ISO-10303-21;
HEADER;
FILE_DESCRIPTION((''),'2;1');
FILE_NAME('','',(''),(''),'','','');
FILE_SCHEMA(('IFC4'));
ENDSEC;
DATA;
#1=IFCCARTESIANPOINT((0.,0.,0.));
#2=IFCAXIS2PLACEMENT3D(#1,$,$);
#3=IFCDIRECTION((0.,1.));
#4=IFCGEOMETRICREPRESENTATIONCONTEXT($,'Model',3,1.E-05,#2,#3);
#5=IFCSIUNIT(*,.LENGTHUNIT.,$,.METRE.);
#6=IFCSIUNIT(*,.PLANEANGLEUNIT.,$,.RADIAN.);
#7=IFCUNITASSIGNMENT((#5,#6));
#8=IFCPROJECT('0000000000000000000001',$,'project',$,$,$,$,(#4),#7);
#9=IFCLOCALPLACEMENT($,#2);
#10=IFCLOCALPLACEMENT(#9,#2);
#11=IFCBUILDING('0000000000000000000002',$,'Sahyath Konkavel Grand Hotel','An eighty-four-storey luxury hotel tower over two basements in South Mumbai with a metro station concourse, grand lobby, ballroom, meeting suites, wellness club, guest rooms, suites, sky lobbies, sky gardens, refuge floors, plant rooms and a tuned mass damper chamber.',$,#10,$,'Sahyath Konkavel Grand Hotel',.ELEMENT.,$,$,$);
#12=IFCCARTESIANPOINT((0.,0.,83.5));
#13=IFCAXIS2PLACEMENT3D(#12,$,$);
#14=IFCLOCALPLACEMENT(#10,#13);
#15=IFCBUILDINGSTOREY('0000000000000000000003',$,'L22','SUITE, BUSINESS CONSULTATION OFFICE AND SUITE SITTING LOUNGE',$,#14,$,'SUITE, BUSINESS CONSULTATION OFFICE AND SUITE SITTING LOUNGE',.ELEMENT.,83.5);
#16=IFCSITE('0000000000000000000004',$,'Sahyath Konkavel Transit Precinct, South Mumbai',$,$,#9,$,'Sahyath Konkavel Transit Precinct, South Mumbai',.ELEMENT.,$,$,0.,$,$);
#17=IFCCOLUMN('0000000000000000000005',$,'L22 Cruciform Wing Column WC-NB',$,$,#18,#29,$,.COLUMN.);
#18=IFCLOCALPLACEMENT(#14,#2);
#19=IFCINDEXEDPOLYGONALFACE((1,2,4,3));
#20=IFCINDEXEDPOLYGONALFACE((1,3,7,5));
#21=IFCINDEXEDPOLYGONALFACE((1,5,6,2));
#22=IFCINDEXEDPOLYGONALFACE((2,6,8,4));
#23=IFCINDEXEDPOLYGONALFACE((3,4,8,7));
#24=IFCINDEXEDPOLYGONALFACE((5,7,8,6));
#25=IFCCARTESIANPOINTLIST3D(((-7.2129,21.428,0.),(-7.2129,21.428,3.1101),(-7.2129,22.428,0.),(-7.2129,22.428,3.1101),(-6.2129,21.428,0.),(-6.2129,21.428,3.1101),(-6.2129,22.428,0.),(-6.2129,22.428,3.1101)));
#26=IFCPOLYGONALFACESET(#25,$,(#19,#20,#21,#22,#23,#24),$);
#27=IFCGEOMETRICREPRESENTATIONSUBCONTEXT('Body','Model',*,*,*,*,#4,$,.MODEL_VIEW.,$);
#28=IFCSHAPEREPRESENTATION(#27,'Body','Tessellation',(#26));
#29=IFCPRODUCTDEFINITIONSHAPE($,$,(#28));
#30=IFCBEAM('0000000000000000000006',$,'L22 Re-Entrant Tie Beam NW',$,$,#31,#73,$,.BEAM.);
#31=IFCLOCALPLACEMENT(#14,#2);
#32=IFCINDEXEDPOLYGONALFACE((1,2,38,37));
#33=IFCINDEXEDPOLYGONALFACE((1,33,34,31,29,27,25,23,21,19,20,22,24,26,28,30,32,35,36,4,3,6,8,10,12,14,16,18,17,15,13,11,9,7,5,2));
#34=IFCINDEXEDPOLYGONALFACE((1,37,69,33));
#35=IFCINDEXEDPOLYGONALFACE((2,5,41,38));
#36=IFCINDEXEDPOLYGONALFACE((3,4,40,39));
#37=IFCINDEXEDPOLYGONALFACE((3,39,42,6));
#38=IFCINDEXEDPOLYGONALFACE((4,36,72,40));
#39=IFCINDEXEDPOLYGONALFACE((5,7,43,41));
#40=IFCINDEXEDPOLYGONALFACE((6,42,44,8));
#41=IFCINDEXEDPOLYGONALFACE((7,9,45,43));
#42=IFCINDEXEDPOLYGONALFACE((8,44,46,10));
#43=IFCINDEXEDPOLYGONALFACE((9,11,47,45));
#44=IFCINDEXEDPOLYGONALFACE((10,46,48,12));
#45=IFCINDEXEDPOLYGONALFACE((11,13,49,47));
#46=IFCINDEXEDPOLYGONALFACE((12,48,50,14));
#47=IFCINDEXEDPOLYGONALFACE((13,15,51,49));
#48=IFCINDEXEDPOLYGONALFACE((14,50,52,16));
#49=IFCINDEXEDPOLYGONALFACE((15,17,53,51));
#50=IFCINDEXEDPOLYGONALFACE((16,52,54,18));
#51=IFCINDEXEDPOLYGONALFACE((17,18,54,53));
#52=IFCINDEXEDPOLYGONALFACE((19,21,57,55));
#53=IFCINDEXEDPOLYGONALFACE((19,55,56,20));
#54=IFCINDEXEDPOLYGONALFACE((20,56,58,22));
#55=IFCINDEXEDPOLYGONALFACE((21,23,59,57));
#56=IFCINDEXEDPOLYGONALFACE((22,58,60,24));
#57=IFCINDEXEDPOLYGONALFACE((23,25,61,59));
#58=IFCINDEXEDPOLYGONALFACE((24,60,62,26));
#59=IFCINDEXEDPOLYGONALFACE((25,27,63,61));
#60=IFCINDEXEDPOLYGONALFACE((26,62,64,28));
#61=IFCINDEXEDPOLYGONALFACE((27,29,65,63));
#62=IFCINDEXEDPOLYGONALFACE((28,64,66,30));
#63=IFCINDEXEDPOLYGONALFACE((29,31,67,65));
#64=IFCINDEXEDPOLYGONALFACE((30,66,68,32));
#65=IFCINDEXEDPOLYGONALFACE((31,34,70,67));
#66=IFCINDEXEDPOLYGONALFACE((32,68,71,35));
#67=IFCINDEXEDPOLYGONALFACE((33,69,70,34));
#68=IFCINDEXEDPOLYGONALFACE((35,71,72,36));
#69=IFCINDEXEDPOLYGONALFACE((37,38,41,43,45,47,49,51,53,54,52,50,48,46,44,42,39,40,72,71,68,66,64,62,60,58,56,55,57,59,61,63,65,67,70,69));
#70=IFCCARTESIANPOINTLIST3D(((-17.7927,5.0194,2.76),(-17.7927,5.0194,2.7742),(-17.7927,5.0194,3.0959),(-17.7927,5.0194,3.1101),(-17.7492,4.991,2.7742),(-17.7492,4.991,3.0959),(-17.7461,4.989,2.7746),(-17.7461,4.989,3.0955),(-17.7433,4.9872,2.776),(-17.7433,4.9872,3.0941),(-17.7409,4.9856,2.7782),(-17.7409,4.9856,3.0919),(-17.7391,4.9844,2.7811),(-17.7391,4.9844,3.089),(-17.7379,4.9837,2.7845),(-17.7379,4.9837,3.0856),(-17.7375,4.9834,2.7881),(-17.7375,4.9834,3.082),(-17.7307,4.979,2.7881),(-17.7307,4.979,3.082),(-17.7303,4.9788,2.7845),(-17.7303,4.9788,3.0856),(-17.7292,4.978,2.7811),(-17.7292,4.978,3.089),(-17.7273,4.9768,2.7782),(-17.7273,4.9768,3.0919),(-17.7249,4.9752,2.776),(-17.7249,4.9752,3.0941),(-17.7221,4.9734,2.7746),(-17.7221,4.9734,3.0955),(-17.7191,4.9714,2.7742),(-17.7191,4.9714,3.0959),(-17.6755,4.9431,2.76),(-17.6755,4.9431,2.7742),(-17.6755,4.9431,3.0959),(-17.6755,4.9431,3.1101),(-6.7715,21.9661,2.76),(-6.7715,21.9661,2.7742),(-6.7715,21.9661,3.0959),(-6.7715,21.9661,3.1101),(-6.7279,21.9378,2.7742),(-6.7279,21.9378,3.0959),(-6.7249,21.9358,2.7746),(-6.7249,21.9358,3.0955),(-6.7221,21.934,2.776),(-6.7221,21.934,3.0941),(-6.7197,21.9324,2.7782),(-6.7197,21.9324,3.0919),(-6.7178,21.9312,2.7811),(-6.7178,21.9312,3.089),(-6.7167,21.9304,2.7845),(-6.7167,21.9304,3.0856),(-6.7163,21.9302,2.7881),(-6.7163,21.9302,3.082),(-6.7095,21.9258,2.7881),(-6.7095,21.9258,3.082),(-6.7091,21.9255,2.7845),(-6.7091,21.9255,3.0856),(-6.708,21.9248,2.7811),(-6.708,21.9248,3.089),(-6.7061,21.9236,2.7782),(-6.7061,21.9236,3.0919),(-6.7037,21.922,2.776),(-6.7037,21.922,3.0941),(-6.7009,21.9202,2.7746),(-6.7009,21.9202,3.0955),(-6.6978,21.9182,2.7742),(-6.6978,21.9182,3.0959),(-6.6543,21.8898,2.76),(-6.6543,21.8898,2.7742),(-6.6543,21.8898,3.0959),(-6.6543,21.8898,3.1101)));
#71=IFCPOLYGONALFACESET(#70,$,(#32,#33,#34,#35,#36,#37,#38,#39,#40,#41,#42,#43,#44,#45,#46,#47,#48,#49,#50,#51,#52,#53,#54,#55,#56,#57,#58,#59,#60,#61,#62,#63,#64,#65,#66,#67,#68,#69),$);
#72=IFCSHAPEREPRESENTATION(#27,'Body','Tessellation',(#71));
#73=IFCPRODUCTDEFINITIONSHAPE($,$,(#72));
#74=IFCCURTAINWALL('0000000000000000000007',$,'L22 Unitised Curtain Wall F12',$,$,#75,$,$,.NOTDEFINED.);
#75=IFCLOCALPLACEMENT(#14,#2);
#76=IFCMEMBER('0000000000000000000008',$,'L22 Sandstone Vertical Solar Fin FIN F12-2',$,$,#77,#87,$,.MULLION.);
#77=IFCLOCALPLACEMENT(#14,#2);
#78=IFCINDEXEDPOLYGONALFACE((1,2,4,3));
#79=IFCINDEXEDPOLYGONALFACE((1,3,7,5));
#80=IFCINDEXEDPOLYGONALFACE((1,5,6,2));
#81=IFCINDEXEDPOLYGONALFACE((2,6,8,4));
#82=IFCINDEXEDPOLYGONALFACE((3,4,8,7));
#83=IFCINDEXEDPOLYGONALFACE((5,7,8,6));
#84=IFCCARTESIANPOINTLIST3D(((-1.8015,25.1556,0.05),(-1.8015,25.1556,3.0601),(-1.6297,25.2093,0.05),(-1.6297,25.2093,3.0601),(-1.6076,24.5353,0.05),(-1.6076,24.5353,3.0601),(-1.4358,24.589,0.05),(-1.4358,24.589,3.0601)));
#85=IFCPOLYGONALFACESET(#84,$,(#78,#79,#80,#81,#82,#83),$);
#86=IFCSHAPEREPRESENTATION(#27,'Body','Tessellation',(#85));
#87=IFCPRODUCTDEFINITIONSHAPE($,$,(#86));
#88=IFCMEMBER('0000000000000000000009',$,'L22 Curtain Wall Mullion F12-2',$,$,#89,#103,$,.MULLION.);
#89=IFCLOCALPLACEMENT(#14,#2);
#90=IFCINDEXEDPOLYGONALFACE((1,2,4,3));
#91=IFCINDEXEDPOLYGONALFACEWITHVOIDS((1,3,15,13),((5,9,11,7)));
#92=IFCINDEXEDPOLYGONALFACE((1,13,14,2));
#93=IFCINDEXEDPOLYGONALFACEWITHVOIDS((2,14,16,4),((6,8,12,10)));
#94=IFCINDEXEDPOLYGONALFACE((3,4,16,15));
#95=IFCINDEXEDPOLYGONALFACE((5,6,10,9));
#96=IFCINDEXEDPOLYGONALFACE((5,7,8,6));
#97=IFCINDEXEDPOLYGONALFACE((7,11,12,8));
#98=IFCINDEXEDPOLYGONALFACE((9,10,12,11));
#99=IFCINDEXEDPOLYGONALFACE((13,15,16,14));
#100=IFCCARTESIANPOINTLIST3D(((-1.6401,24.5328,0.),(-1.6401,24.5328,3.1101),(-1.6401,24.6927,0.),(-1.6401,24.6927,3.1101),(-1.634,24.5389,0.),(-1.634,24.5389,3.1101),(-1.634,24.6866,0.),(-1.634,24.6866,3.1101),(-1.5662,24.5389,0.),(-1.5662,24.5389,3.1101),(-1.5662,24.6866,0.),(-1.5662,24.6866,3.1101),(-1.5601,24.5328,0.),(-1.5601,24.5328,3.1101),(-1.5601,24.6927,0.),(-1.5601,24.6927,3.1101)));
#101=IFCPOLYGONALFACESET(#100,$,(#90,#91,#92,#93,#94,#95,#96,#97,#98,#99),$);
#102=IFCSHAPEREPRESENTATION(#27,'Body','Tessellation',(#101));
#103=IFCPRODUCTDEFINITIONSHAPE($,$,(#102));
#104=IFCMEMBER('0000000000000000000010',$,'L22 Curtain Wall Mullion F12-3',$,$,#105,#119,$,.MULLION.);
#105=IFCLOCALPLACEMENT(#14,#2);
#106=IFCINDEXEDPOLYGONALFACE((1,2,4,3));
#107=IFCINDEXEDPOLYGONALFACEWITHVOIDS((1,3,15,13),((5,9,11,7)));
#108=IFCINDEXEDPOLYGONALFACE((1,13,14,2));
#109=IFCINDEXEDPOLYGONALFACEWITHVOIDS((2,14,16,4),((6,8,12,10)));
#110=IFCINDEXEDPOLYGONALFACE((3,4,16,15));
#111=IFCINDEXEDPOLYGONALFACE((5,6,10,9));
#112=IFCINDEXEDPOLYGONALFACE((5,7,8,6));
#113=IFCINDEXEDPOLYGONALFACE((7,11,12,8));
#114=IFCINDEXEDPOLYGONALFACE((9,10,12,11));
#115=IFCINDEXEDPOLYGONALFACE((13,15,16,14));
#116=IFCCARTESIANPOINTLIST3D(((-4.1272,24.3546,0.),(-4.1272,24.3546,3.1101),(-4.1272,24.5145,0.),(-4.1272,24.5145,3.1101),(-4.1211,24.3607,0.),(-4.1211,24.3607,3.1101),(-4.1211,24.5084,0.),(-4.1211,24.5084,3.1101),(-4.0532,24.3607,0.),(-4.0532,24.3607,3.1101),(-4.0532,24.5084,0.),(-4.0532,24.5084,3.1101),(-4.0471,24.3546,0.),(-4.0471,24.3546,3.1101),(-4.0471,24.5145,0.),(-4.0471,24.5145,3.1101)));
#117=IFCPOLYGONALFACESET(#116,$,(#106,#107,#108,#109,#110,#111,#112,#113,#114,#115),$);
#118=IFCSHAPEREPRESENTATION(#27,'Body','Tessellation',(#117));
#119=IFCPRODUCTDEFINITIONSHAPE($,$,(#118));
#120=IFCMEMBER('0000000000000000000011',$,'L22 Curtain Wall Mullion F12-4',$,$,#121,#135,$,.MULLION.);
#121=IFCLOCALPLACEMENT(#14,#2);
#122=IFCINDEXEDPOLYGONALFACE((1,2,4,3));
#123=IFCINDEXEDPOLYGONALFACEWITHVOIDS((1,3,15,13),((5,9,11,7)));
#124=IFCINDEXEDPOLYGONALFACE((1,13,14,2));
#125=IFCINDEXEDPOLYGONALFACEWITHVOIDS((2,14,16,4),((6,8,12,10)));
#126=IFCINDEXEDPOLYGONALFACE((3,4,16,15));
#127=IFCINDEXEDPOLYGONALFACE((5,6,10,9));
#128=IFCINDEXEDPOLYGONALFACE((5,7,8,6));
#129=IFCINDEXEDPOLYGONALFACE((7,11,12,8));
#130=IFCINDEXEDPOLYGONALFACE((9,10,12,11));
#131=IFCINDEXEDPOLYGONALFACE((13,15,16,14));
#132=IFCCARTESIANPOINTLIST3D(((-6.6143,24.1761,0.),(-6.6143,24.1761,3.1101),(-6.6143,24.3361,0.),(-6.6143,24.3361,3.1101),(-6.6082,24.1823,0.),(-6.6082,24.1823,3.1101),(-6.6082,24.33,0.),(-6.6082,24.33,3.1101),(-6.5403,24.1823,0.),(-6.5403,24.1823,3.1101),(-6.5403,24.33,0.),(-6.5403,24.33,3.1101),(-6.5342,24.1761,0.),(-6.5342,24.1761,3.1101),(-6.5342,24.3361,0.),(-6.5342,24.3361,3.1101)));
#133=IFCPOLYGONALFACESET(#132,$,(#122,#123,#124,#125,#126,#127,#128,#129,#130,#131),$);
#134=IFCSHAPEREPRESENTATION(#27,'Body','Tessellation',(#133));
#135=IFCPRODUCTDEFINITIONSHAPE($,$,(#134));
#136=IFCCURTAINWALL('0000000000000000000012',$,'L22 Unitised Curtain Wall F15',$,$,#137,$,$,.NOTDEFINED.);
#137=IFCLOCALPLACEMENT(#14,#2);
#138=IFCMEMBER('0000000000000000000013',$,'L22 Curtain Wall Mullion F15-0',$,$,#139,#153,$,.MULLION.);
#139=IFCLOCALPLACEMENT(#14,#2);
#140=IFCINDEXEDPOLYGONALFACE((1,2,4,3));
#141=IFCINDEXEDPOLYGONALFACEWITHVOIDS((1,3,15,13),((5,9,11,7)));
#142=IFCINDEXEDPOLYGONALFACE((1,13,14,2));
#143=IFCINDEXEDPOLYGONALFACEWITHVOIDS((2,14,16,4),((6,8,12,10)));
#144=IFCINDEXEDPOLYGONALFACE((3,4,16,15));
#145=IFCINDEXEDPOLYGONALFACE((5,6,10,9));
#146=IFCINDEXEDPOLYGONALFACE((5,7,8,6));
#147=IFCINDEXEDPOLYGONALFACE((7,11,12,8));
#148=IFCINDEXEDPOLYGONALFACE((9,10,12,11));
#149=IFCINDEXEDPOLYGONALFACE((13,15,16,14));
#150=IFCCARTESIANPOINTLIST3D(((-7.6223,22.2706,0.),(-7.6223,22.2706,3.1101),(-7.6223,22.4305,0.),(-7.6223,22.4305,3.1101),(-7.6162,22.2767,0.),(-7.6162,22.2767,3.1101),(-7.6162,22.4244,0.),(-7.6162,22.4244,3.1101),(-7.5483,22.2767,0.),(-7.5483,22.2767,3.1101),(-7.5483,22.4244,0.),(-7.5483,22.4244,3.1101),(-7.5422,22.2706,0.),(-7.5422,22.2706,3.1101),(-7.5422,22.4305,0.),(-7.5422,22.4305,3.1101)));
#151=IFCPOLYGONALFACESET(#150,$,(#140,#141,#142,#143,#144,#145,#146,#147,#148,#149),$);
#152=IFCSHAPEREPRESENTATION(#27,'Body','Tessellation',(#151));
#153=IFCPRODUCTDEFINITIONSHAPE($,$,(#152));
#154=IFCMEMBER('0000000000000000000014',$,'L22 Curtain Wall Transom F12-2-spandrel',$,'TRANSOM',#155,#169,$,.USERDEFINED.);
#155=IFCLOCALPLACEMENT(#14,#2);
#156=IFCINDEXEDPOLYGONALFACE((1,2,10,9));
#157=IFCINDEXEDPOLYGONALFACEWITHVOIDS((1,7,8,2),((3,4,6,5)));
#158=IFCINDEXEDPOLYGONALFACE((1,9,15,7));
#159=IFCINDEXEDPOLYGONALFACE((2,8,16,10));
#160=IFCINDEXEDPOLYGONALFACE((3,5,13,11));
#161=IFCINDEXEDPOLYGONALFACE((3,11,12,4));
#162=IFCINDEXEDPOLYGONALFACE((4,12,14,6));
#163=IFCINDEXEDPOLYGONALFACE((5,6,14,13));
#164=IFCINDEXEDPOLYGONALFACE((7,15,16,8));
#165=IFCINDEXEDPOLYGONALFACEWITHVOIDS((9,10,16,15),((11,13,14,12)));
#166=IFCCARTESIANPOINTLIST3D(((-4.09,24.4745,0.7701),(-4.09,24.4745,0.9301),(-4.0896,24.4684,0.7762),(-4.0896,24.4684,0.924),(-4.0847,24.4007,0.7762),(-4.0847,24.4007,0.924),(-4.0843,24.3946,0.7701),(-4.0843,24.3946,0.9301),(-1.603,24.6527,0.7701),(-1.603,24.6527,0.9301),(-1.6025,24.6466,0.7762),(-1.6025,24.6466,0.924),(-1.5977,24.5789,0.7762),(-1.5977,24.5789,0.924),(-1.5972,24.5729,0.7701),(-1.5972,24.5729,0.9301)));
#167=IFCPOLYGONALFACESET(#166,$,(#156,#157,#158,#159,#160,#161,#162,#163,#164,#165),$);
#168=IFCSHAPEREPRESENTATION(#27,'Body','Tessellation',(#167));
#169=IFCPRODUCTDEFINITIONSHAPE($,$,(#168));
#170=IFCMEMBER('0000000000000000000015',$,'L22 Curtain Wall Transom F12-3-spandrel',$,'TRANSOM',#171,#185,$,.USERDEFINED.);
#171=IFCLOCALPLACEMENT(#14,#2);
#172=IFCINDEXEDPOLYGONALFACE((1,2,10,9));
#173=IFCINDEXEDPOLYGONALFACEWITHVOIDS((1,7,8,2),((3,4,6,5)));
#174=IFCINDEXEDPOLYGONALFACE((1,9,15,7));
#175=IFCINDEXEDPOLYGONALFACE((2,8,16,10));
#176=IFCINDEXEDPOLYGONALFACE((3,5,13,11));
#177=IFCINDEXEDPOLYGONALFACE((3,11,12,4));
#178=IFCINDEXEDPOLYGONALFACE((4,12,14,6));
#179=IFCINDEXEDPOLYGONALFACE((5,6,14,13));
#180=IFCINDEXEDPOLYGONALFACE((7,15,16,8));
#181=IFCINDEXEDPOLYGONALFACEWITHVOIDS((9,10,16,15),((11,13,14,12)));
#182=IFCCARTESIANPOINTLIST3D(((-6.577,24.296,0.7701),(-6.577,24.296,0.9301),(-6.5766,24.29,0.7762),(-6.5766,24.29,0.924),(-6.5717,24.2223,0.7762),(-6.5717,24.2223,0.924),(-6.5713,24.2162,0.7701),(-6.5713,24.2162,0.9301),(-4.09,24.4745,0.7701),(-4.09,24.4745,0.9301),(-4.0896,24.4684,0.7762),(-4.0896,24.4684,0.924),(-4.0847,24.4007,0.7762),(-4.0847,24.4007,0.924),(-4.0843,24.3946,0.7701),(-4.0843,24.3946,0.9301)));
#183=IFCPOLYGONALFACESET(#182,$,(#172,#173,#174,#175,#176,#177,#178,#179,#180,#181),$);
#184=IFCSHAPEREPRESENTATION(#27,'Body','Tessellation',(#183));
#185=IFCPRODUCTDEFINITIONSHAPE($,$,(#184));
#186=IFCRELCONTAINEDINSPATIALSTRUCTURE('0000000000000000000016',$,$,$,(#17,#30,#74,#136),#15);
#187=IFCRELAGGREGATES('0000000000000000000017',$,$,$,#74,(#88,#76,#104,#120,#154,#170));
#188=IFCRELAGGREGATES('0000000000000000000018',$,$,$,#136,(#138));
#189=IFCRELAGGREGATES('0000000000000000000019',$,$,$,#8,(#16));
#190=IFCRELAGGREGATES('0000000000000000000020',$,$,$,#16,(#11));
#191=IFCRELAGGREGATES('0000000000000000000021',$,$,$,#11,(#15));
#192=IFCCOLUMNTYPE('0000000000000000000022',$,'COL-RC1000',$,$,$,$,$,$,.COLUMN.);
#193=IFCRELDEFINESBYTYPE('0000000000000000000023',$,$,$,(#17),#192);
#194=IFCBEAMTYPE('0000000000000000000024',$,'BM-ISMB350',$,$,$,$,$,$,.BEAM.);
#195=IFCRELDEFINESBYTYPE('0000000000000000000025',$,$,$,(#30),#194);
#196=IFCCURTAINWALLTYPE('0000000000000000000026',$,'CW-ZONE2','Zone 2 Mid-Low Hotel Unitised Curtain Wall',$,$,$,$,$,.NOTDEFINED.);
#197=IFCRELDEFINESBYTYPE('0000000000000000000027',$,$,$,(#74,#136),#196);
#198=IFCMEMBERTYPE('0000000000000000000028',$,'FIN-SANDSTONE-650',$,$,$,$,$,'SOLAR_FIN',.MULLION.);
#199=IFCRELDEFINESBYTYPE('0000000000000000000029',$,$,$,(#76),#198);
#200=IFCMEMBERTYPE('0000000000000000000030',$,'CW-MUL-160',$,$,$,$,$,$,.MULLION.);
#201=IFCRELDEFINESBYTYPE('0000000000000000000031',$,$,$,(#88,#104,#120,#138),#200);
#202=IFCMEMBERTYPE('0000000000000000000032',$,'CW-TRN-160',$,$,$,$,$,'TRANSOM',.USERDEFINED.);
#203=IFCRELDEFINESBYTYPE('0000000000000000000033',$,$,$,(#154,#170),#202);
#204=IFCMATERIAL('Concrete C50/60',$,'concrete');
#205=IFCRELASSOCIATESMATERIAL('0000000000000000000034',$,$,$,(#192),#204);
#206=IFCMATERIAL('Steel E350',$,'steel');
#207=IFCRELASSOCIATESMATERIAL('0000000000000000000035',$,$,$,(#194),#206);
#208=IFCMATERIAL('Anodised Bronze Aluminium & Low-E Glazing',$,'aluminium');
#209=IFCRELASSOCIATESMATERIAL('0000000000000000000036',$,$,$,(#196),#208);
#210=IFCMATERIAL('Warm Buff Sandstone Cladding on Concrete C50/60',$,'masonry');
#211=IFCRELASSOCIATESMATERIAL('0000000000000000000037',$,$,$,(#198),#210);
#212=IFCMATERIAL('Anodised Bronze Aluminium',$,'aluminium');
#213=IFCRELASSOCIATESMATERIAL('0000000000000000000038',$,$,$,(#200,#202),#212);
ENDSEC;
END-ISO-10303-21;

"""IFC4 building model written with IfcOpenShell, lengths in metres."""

from ifc_helpers import new_model, si_unit, direction, frame, origin, origin_2d, place, context, subcontext, project, spatial, rectangle, hollow_rectangle, i_section, extrude, source, transform, mapped, material, material_profile, profile_set, type_object, element, aggregate, save


model = new_model("IFC4")

# Units and contexts
model_context = context("Model", 3, precision=1e-05, world=origin(), true_north=direction((0.0, 1.0)))
body_context = subcontext(model_context, "Body", "Model", "MODEL_VIEW")
ifc_project = project(units=[si_unit("LENGTHUNIT", "METRE"), si_unit("PLANEANGLEUNIT", "RADIAN")], contexts=[model_context])

# Site, building, storey
site_placement = place(None, origin())
site = spatial("IfcSite", under=ifc_project, at=site_placement, Name="Sahyath Konkavel Transit Precinct, South Mumbai", LongName="Sahyath Konkavel Transit Precinct, South Mumbai", CompositionType="ELEMENT", RefElevation=0.0)
building_placement = place(site_placement, origin())
building = spatial("IfcBuilding", under=site, at=building_placement, Name="Sahyath Konkavel Grand Hotel", Description="An eighty-four-storey luxury hotel tower over two basements in South Mumbai with a metro station concourse, grand lobby, ballroom, meeting suites, wellness club, guest rooms, suites, sky lobbies, sky gardens, refuge floors, plant rooms and a tuned mass damper chamber.", LongName="Sahyath Konkavel Grand Hotel", CompositionType="ELEMENT")
storey_placement = place(building_placement, frame((0.0, 0.0, 83.5)))
storey = spatial("IfcBuildingStorey", under=building, at=storey_placement, Name="L22", Description="SUITE, BUSINESS CONSULTATION OFFICE AND SUITE SITTING LOUNGE", LongName="SUITE, BUSINESS CONSULTATION OFFICE AND SUITE SITTING LOUNGE", CompositionType="ELEMENT", Elevation=83.5)

# Column
ifc_material_1 = material(Name="Concrete C50/60", Category="concrete")
ifc_material_profile_1 = material_profile(ifc_material_1, rectangle(XDim=1.0, YDim=1.0, at=origin_2d()), Name="RC 1000x1000")
ifc_profile_set_1 = profile_set([ifc_material_profile_1], Name="Concrete C50/60")
column_type = type_object("IfcColumnType", Name="COL-RC1000", PredefinedType="COLUMN", material=ifc_profile_set_1)
shared_shape_1 = source(origin(), body_context, "Body", "SweptSolid", [
    extrude(rectangle(XDim=1.0, YDim=1.0, at=origin_2d()), origin(), (0.0, 0.0, 1.0), 3.1101),
])
column_placement = place(storey_placement, frame((-6.7129, 21.928, 0.0), z_axis=(0.0, 0.0, 1.0), x_axis=(1.0, 0.0, 0.0)))
element("IfcColumn", 1, at=column_placement, inside=storey, type_object=column_type, Name="L22 Cruciform Wing Column WC-NB", PredefinedType="COLUMN", context=body_context, shape_type="MappedRepresentation", body=[
    mapped(shared_shape_1, transform((0.0, 0.0, 0.0), scale=1.0)),
])

# Beam
ifc_material_2 = material(Name="Steel E350", Category="steel")
ifc_material_profile_2 = material_profile(ifc_material_2, i_section(OverallWidth=0.1399, OverallDepth=0.3501, WebThickness=0.0081, FlangeThickness=0.0142, FilletRadius=0.0139, at=origin_2d()), Name="ISMB 350")
ifc_profile_set_2 = profile_set([ifc_material_profile_2], Name="Steel E350")
beam_type = type_object("IfcBeamType", Name="BM-ISMB350", PredefinedType="BEAM", material=ifc_profile_set_2)
shared_shape_2 = source(origin(), body_context, "Body", "SweptSolid", [
    extrude(i_section(OverallWidth=0.1399, OverallDepth=0.3501, WebThickness=0.0081, FlangeThickness=0.0142, FilletRadius=0.0139, at=origin_2d()), origin(), (0.0, 0.0, 1.0), 20.2153),
])
beam_placement = place(storey_placement, frame((-6.7129, 21.928, 2.9351), z_axis=(-0.545191, -0.838312, 0.0), x_axis=(0.838312, -0.545191, 0.0)))
element("IfcBeam", 2, at=beam_placement, inside=storey, type_object=beam_type, Name="L22 Re-Entrant Tie Beam NW", PredefinedType="BEAM", context=body_context, shape_type="MappedRepresentation", body=[
    mapped(shared_shape_2, transform((0.0, 0.0, 0.0), scale=1.0)),
])

# Curtain wall, members
ifc_material_3 = material(Name="Anodised Bronze Aluminium & Low-E Glazing", Category="aluminium")
curtain_wall_type = type_object("IfcCurtainWallType", Name="CW-ZONE2", Description="Zone 2 Mid-Low Hotel Unitised Curtain Wall", PredefinedType="NOTDEFINED", material=ifc_material_3)
curtain_wall_1_placement = place(storey_placement, origin())
curtain_wall_1 = element("IfcCurtainWall", 3, at=curtain_wall_1_placement, inside=storey, type_object=curtain_wall_type, Name="L22 Unitised Curtain Wall F12", PredefinedType="NOTDEFINED")
ifc_material_4 = material(Name="Warm Buff Sandstone Cladding on Concrete C50/60", Category="masonry")
ifc_material_profile_3 = material_profile(ifc_material_4, rectangle(XDim=0.1799, YDim=0.6499, at=origin_2d()), Name="FIN 180x650")
ifc_profile_set_3 = profile_set([ifc_material_profile_3], Name="Warm Buff Sandstone Cladding on Concrete C50/60")
member_type_1 = type_object("IfcMemberType", Name="FIN-SANDSTONE-650", ElementType="SOLAR_FIN", PredefinedType="MULLION", material=ifc_profile_set_3)
shared_shape_3 = source(origin(), body_context, "Body", "SweptSolid", [
    extrude(rectangle(XDim=0.1799, YDim=0.6499, at=origin_2d()), origin(), (0.0, 0.0, 1.0), 3.01),
])
member_1_placement = place(storey_placement, frame((-1.6187, 24.8723, 0.05), z_axis=(0.0, 0.0, 1.0), x_axis=(0.954449, 0.298375, 0.0)))
member_1 = element("IfcMember", 4, at=member_1_placement, type_object=member_type_1, Name="L22 Sandstone Vertical Solar Fin FIN F12-2", PredefinedType="MULLION", context=body_context, shape_type="MappedRepresentation", body=[
    mapped(shared_shape_3, transform((0.0, 0.0, 0.0), scale=1.0)),
])
ifc_material_5 = material(Name="Anodised Bronze Aluminium", Category="aluminium")
ifc_material_profile_4 = material_profile(ifc_material_5, hollow_rectangle(XDim=0.0801, YDim=0.1599, WallThickness=0.0061, at=origin_2d()), Name="RHS 160x80x6")
ifc_profile_set_4 = profile_set([ifc_material_profile_4], Name="Anodised Bronze Aluminium")
member_type_2 = type_object("IfcMemberType", Name="CW-MUL-160", PredefinedType="MULLION", material=ifc_profile_set_4)
shared_shape_4 = source(origin(), body_context, "Body", "SweptSolid", [
    extrude(hollow_rectangle(XDim=0.0801, YDim=0.1599, WallThickness=0.0061, at=origin_2d()), origin(), (0.0, 0.0, 1.0), 3.1101),
])
member_2_placement = place(storey_placement, frame((-1.6001, 24.6128, 0.0), z_axis=(0.0, 0.0, 1.0), x_axis=(1.0, 0.0, 0.0)))
member_2 = element("IfcMember", 5, at=member_2_placement, type_object=member_type_2, Name="L22 Curtain Wall Mullion F12-2", PredefinedType="MULLION", context=body_context, shape_type="MappedRepresentation", body=[
    mapped(shared_shape_4, transform((0.0, 0.0, 0.0), scale=1.0)),
])
member_3_placement = place(storey_placement, frame((-4.0872, 24.4346, 0.0), z_axis=(0.0, 0.0, 1.0), x_axis=(1.0, 0.0, 0.0)))
member_3 = element("IfcMember", 6, at=member_3_placement, type_object=member_type_2, Name="L22 Curtain Wall Mullion F12-3", PredefinedType="MULLION", context=body_context, shape_type="MappedRepresentation", body=[
    mapped(shared_shape_4, transform((0.0, 0.0, 0.0), scale=1.0)),
])
member_4_placement = place(storey_placement, frame((-6.5742, 24.2561, 0.0), z_axis=(0.0, 0.0, 1.0), x_axis=(1.0, 0.0, 0.0)))
member_4 = element("IfcMember", 7, at=member_4_placement, type_object=member_type_2, Name="L22 Curtain Wall Mullion F12-4", PredefinedType="MULLION", context=body_context, shape_type="MappedRepresentation", body=[
    mapped(shared_shape_4, transform((0.0, 0.0, 0.0), scale=1.0)),
])

# Curtain wall, member
curtain_wall_2_placement = place(storey_placement, origin())
curtain_wall_2 = element("IfcCurtainWall", 8, at=curtain_wall_2_placement, inside=storey, type_object=curtain_wall_type, Name="L22 Unitised Curtain Wall F15", PredefinedType="NOTDEFINED")
member_5_placement = place(storey_placement, frame((-7.5823, 22.3506, 0.0), z_axis=(0.0, 0.0, 1.0), x_axis=(1.0, 0.0, 0.0)))
member_5 = element("IfcMember", 9, at=member_5_placement, type_object=member_type_2, Name="L22 Curtain Wall Mullion F15-0", PredefinedType="MULLION", context=body_context, shape_type="MappedRepresentation", body=[
    mapped(shared_shape_4, transform((0.0, 0.0, 0.0), scale=1.0)),
])

# Members
ifc_material_profile_5 = material_profile(ifc_material_5, hollow_rectangle(XDim=0.0801, YDim=0.1599, WallThickness=0.0061, at=origin_2d()), Name="RHS 160x80x6")
ifc_profile_set_5 = profile_set([ifc_material_profile_5], Name="Anodised Bronze Aluminium")
member_type_3 = type_object("IfcMemberType", Name="CW-TRN-160", ElementType="TRANSOM", PredefinedType="USERDEFINED", material=ifc_profile_set_5)
shared_shape_5 = source(origin(), body_context, "Body", "SweptSolid", [
    extrude(hollow_rectangle(XDim=0.0801, YDim=0.1599, WallThickness=0.0061, at=origin_2d()), origin(), (0.0, 0.0, 1.0), 2.4934),
])
member_6_placement = place(storey_placement, frame((-1.6001, 24.6128, 0.8501), z_axis=(-0.997442, -0.071477, 0.0), x_axis=(0.071477, -0.997442, 0.0)))
member_6 = element("IfcMember", 10, at=member_6_placement, type_object=member_type_3, Name="L22 Curtain Wall Transom F12-2-spandrel", ObjectType="TRANSOM", PredefinedType="USERDEFINED", context=body_context, shape_type="MappedRepresentation", body=[
    mapped(shared_shape_5, transform((0.0, 0.0, 0.0), scale=1.0)),
])
member_7_placement = place(storey_placement, frame((-4.0872, 24.4346, 0.8501), z_axis=(-0.997435, -0.071574, 0.0), x_axis=(0.071574, -0.997435, 0.0)))
member_7 = element("IfcMember", 11, at=member_7_placement, type_object=member_type_3, Name="L22 Curtain Wall Transom F12-3-spandrel", ObjectType="TRANSOM", PredefinedType="USERDEFINED", context=body_context, shape_type="MappedRepresentation", body=[
    mapped(shared_shape_5, transform((0.0, 0.0, 0.0), scale=1.0)),
])

aggregate(curtain_wall_1, [member_2, member_1, member_3, member_4, member_6, member_7])
aggregate(curtain_wall_2, [member_5])

save(model, "model.ifc")
